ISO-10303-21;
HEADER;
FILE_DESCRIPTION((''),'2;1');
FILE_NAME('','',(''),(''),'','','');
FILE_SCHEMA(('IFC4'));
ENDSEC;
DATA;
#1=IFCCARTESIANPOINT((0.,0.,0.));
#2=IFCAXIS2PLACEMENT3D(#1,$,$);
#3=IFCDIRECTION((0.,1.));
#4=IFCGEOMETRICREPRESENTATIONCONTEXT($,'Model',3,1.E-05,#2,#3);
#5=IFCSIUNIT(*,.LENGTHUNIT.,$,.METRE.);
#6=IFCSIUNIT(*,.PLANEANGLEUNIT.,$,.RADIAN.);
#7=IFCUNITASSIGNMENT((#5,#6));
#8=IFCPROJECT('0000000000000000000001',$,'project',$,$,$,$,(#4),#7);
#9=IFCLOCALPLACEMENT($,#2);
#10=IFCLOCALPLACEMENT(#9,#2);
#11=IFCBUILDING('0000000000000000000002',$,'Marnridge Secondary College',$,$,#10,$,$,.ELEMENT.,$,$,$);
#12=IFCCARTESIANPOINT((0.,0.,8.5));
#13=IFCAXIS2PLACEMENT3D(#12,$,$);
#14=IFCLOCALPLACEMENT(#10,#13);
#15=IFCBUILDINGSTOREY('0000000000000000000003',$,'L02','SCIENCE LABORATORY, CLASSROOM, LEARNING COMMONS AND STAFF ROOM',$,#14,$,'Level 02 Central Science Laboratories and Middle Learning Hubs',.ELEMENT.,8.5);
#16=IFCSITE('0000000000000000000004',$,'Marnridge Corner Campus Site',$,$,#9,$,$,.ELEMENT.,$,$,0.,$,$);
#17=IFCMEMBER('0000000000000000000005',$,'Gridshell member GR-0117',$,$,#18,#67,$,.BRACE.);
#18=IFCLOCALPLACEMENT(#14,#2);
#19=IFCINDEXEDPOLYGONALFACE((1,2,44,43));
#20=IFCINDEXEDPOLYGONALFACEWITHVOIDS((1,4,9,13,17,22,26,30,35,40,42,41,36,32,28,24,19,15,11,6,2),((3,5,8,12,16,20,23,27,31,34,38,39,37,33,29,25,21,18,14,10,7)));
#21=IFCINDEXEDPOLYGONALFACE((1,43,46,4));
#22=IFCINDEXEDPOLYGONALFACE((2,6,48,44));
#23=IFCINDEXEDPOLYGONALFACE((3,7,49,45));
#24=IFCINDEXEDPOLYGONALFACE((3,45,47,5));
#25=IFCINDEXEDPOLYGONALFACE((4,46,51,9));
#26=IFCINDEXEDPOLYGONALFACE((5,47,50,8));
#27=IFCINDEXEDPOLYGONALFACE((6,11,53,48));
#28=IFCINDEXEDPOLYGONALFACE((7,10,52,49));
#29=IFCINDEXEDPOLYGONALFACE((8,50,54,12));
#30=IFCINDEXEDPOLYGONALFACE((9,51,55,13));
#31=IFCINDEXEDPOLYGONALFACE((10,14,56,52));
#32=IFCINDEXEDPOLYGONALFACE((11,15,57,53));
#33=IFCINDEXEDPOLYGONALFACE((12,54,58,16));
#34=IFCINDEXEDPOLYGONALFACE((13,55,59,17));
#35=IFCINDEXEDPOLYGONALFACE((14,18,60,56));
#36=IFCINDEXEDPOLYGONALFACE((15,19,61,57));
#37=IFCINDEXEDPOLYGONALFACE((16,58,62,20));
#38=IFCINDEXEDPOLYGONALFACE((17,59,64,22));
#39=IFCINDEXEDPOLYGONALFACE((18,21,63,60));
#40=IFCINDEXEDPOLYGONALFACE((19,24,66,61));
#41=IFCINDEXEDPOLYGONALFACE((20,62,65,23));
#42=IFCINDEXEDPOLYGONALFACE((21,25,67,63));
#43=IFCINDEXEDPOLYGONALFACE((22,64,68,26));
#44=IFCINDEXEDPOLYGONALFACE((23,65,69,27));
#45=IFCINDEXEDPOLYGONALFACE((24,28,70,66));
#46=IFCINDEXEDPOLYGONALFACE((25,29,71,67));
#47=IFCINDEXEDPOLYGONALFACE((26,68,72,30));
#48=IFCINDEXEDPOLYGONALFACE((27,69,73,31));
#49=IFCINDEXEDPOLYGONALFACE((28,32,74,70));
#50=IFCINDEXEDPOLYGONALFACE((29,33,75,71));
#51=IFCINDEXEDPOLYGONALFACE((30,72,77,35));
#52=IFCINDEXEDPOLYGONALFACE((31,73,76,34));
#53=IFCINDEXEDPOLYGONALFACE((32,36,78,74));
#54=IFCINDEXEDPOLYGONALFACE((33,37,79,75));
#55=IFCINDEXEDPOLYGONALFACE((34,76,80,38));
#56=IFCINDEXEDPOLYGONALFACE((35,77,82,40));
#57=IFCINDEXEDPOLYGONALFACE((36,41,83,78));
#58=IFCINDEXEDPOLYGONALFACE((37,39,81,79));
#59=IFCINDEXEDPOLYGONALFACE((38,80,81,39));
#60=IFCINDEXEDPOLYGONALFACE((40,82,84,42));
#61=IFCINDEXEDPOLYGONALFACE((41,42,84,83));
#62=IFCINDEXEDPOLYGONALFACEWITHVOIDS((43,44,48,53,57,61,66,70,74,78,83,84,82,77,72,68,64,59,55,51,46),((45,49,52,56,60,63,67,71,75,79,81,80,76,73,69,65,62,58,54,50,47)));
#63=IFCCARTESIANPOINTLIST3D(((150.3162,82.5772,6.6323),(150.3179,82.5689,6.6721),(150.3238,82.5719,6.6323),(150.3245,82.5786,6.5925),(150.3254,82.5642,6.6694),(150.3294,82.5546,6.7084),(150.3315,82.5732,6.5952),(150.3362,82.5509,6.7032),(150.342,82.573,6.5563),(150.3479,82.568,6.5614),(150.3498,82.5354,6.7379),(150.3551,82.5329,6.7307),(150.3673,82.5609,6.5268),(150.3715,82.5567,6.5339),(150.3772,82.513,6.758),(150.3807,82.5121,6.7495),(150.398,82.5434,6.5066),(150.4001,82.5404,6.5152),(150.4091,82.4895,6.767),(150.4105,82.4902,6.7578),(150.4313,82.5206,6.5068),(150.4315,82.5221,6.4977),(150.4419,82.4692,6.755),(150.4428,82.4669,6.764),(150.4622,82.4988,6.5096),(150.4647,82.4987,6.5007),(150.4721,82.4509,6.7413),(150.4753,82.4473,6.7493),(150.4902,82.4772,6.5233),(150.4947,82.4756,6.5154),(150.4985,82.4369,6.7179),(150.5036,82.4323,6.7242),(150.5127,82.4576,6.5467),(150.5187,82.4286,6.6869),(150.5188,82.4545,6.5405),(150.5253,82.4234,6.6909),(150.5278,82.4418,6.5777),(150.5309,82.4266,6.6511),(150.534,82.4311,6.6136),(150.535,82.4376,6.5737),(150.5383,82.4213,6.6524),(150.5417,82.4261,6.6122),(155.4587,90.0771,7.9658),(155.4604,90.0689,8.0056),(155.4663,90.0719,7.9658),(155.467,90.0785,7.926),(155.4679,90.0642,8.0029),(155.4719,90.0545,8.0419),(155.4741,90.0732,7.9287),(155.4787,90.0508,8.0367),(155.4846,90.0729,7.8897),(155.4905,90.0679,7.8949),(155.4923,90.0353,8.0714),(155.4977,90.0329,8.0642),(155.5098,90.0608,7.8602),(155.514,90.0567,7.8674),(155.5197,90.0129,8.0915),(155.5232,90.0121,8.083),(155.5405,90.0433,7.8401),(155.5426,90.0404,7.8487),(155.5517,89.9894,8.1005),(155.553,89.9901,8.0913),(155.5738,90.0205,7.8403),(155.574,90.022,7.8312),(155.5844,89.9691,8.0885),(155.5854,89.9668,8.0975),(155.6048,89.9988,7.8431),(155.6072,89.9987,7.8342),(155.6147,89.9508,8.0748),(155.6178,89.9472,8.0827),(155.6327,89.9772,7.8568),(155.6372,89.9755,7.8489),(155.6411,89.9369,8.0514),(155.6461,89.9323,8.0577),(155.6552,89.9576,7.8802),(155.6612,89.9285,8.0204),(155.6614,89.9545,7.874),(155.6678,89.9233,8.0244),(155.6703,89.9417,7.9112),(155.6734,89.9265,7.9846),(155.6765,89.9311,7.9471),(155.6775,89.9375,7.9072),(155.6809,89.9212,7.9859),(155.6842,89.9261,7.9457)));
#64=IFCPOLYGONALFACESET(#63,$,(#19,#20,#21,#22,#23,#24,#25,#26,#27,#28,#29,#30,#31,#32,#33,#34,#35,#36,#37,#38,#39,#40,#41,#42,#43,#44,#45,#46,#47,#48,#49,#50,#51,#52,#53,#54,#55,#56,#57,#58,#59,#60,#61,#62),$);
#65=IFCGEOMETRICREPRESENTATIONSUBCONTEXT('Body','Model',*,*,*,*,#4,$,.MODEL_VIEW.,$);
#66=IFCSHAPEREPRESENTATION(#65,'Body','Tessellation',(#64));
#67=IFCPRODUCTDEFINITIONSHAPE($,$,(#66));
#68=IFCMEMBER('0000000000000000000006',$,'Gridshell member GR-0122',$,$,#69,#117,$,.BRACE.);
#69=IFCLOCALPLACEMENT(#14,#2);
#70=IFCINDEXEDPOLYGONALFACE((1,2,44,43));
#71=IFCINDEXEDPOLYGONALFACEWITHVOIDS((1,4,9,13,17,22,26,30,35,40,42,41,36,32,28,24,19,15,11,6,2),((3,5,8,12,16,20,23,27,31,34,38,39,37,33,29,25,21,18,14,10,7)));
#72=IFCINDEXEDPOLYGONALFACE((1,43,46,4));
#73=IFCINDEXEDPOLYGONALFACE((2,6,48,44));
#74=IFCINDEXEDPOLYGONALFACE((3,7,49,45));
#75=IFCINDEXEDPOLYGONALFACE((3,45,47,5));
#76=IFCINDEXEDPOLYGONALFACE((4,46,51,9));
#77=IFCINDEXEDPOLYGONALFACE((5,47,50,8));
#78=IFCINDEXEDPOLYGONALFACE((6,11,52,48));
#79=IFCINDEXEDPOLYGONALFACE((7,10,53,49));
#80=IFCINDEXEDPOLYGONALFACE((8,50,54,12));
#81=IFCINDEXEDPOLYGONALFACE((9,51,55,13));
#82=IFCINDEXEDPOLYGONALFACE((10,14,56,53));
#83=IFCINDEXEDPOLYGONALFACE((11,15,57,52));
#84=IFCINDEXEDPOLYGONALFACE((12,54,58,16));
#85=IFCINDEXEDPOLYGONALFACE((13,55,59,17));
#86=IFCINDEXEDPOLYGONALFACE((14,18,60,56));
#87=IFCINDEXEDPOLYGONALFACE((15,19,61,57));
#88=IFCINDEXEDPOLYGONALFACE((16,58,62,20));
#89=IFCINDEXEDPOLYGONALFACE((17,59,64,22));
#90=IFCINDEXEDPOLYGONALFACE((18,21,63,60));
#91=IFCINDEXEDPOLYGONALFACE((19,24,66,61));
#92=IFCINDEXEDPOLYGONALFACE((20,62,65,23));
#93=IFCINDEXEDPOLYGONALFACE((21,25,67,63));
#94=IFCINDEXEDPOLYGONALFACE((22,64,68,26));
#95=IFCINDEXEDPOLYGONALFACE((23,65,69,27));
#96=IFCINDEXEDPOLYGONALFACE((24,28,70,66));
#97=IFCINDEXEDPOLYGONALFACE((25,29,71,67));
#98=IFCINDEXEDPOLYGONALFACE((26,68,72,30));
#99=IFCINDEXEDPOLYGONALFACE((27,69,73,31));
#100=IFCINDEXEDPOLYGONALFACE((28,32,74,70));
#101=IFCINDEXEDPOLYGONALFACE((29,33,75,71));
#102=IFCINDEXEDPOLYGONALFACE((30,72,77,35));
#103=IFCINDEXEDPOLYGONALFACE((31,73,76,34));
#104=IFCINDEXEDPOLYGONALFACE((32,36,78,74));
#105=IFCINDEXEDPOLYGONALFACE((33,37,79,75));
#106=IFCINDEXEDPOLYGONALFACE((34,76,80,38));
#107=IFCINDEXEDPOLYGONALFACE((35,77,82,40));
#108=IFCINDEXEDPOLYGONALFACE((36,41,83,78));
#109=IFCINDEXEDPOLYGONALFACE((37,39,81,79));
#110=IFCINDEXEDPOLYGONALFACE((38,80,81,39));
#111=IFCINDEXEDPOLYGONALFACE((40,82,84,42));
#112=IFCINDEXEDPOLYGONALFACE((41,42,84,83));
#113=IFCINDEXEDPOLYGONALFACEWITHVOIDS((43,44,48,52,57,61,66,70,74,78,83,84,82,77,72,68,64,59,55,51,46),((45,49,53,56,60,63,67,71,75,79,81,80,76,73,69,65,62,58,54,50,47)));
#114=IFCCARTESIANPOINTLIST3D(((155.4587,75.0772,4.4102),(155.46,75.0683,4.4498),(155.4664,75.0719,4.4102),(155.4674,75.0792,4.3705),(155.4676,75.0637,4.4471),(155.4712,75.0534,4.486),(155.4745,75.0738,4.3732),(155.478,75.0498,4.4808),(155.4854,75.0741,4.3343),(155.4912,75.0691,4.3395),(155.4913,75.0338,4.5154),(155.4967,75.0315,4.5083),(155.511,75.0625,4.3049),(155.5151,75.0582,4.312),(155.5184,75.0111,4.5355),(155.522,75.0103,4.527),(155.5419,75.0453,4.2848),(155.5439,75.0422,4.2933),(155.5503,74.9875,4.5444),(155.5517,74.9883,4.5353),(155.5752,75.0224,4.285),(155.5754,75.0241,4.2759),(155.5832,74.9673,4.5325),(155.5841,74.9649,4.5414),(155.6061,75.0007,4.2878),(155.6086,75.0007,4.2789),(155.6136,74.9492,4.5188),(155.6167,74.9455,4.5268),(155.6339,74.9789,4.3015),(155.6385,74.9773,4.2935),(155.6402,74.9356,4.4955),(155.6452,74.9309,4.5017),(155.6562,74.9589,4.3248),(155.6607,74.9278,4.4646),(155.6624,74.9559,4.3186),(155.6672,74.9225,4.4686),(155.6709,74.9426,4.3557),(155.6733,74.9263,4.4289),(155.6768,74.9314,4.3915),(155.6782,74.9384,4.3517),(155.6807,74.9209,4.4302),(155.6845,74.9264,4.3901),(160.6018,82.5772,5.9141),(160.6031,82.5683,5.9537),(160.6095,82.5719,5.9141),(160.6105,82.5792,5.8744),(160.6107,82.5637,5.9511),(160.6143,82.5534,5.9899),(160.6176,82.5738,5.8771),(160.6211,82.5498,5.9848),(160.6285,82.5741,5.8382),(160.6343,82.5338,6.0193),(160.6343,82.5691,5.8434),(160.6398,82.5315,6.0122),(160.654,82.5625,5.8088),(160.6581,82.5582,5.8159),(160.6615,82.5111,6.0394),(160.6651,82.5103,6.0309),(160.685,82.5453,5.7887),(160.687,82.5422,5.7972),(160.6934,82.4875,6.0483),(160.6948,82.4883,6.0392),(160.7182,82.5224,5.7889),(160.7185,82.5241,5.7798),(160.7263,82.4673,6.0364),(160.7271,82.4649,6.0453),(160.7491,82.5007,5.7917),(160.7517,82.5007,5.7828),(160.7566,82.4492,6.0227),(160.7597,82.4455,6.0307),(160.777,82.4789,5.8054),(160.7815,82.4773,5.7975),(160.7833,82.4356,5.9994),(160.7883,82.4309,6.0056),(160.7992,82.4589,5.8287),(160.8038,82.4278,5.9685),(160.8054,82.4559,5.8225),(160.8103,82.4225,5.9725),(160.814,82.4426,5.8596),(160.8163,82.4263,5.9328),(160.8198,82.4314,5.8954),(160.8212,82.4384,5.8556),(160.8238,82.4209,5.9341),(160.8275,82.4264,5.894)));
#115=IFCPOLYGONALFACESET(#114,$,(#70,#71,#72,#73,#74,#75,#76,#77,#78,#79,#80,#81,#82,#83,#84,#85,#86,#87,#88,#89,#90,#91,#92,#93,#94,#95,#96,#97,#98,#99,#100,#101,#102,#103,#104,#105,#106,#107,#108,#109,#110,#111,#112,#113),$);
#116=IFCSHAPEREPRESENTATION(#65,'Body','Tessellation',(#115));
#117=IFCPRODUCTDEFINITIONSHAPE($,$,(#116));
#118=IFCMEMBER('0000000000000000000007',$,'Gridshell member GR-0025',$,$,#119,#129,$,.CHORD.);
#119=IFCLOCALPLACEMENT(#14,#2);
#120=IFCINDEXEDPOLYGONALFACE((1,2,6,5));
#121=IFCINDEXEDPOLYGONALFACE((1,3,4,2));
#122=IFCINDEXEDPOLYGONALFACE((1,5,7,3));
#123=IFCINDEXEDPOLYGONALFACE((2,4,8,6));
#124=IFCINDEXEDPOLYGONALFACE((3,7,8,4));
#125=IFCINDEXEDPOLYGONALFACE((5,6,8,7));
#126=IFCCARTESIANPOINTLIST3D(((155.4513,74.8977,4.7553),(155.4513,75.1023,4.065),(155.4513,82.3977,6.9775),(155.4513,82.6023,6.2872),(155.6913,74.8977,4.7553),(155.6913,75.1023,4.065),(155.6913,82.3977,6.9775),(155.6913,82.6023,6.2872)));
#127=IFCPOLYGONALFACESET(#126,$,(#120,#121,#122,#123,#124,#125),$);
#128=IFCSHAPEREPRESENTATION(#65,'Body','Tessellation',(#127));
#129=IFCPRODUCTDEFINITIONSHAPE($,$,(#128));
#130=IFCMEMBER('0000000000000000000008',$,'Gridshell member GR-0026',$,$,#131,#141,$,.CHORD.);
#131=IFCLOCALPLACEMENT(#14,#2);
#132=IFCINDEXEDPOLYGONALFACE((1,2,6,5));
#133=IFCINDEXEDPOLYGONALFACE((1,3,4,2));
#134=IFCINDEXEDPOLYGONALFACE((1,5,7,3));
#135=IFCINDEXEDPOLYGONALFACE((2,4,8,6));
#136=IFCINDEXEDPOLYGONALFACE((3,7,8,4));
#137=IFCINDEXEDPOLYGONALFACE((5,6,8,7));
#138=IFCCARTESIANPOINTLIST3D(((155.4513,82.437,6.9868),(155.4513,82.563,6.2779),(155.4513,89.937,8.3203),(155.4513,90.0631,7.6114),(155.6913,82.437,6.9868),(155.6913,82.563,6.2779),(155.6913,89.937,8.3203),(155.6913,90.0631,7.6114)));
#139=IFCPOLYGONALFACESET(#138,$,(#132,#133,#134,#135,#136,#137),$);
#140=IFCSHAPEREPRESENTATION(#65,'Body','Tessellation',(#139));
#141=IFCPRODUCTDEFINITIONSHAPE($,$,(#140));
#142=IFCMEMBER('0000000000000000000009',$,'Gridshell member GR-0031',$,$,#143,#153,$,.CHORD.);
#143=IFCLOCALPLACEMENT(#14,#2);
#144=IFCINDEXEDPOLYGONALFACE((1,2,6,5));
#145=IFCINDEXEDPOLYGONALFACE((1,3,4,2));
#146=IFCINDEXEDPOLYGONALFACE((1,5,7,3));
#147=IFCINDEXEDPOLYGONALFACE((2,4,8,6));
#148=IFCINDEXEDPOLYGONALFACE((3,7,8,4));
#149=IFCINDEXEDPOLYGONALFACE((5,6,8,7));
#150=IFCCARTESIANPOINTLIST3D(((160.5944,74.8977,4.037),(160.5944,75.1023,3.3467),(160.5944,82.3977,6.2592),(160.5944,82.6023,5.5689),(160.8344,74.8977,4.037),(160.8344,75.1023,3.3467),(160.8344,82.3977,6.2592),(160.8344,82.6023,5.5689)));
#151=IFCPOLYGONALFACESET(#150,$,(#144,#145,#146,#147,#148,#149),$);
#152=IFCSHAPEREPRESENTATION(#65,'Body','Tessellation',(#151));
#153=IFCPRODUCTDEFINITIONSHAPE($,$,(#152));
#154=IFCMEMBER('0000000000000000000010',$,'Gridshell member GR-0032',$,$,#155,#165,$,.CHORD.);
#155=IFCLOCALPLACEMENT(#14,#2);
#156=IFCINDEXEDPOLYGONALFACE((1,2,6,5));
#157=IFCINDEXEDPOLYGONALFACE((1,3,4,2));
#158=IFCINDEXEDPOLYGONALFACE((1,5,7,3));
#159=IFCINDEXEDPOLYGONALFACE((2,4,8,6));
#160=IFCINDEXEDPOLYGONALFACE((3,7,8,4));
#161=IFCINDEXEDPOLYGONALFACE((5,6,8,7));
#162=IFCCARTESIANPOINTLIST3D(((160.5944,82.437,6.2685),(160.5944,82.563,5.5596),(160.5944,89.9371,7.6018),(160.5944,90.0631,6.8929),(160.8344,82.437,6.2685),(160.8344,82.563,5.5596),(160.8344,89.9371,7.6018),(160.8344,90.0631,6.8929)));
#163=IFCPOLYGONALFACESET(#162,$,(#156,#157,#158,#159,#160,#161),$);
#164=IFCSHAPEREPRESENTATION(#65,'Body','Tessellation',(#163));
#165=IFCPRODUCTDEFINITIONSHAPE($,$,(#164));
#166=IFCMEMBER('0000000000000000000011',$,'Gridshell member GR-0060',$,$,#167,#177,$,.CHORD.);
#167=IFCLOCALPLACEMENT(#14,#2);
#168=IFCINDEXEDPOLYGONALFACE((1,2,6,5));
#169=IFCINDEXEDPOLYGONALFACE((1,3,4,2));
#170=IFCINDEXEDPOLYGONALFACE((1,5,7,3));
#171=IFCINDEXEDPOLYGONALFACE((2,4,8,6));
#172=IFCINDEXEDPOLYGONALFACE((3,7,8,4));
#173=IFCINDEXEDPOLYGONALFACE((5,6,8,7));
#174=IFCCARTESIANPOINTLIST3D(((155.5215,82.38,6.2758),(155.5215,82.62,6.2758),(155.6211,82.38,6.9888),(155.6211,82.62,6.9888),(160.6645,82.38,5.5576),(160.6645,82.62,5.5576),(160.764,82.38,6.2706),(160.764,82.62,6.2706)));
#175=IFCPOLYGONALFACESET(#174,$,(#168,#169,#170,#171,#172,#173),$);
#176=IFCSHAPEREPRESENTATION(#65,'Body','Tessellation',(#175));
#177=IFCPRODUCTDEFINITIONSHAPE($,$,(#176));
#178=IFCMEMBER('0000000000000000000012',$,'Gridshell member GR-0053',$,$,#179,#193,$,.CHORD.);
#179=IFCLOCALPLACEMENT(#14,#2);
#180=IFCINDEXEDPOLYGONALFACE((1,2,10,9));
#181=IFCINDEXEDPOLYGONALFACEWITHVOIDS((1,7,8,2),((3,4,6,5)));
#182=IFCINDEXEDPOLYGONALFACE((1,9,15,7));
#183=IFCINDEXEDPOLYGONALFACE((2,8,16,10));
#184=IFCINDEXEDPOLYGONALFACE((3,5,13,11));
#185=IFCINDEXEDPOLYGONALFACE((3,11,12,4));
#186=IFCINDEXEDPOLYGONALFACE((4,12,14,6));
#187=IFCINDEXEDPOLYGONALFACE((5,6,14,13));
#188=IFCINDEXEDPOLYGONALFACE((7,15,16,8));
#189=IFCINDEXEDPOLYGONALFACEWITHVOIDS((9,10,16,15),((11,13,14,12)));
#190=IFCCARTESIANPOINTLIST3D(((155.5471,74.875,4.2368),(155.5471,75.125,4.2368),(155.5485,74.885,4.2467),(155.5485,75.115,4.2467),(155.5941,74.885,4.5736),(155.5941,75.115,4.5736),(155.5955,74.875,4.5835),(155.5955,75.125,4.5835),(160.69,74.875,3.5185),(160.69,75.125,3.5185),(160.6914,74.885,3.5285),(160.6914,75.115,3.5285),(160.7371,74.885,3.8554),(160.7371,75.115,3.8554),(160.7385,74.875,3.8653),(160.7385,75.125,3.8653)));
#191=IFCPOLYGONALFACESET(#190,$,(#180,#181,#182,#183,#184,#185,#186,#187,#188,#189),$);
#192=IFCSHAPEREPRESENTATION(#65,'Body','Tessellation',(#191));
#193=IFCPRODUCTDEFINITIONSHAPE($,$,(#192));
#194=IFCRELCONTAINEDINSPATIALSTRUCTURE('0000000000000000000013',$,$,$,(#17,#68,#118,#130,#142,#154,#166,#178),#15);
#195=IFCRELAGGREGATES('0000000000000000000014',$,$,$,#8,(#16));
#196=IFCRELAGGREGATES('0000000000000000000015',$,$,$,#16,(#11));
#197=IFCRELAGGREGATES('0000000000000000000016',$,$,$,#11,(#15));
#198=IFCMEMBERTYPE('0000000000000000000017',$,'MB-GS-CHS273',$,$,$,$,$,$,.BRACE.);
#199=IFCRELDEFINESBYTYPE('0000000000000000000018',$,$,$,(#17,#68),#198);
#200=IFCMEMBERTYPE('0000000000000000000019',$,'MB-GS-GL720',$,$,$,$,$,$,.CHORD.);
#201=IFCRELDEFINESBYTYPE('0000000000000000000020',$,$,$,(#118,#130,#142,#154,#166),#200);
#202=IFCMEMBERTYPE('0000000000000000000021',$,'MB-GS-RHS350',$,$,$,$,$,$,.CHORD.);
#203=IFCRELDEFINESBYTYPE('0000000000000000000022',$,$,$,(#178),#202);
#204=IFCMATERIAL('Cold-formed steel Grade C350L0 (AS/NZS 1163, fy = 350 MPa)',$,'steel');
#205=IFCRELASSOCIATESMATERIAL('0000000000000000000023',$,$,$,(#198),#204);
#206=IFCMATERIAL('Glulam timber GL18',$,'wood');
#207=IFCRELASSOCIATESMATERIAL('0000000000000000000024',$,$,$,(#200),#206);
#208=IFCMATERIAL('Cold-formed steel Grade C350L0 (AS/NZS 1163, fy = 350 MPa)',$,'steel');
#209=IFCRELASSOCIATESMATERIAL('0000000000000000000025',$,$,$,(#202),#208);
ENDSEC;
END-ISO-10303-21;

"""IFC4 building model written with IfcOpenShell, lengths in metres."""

from ifc_helpers import new_model, si_unit, direction, frame, origin, origin_2d, place, context, subcontext, project, spatial, rectangle, hollow_rectangle, hollow_circle, extrude, material, material_profile, profile_set, type_object, element, save


model = new_model("IFC4")

# Units and contexts
model_context = context("Model", 3, precision=1e-05, world=origin(), true_north=direction((0.0, 1.0)))
body_context = subcontext(model_context, "Body", "Model", "MODEL_VIEW")
ifc_project = project(units=[si_unit("LENGTHUNIT", "METRE"), si_unit("PLANEANGLEUNIT", "RADIAN")], contexts=[model_context])

# Site, building, storey
site_placement = place(None, origin())
site = spatial("IfcSite", under=ifc_project, at=site_placement, Name="Marnridge Corner Campus Site", CompositionType="ELEMENT", RefElevation=0.0)
building_placement = place(site_placement, origin())
building = spatial("IfcBuilding", under=site, at=building_placement, Name="Marnridge Secondary College", CompositionType="ELEMENT")
storey_placement = place(building_placement, frame((0.0, 0.0, 8.5)))
storey = spatial("IfcBuildingStorey", under=building, at=storey_placement, Name="L02", Description="SCIENCE LABORATORY, CLASSROOM, LEARNING COMMONS AND STAFF ROOM", LongName="Level 02 Central Science Laboratories and Middle Learning Hubs", CompositionType="ELEMENT", Elevation=8.5)

# Members
ifc_material_1 = material(Name="Cold-formed steel Grade C350L0 (AS/NZS 1163, fy = 350 MPa)", Category="steel")
ifc_material_profile_1 = material_profile(ifc_material_1, hollow_circle(Radius=0.1365, WallThickness=0.0093, at=origin_2d()), Name="273.1x9.3CHS")
ifc_profile_set_1 = profile_set([ifc_material_profile_1], Name="Cold-formed steel Grade C350L0 (AS/NZS 1163, fy = 350 MPa)")
member_type_1 = type_object("IfcMemberType", Name="MB-GS-CHS273", PredefinedType="BRACE", material=ifc_profile_set_1)
member_1_placement = place(storey_placement, frame((150.4287, 82.5, 6.6323), z_axis=(0.559524, 0.816016, 0.145087), x_axis=(-0.824743, 0.565507, 0.0)))
element("IfcMember", 1, at=member_1_placement, inside=storey, type_object=member_type_1, Name="Gridshell member GR-0117", PredefinedType="BRACE", context=body_context, shape_type="SweptSolid", body=[
    extrude(hollow_circle(Radius=0.1365, WallThickness=0.0093, at=origin_2d()), origin(), (0.0, 0.0, 1.0), 9.1909),
])
member_2_placement = place(storey_placement, frame((155.5713, 75.0, 4.4102), z_axis=(0.557966, 0.813667, 0.163157), x_axis=(-0.824718, 0.565544, 0.0)))
element("IfcMember", 2, at=member_2_placement, inside=storey, type_object=member_type_1, Name="Gridshell member GR-0122", PredefinedType="BRACE", context=body_context, shape_type="SweptSolid", body=[
    extrude(hollow_circle(Radius=0.1365, WallThickness=0.0093, at=origin_2d()), origin(), (0.0, 0.0, 1.0), 9.2175),
])
ifc_material_2 = material(Name="Glulam timber GL18", Category="wood")
ifc_material_profile_2 = material_profile(ifc_material_2, rectangle(XDim=0.24, YDim=0.72, at=origin_2d()), Name="GL18 240x720")
ifc_profile_set_2 = profile_set([ifc_material_profile_2], Name="Glulam timber GL18")
member_type_2 = type_object("IfcMemberType", Name="MB-GS-GL720", PredefinedType="CHORD", material=ifc_profile_set_2)
member_3_placement = place(storey_placement, frame((155.5713, 75.0, 4.4102), z_axis=(0.0, 0.9588, 0.284082), x_axis=(-1.0, 0.0, 0.0)))
element("IfcMember", 3, at=member_3_placement, inside=storey, type_object=member_type_2, Name="Gridshell member GR-0025", PredefinedType="CHORD", context=body_context, shape_type="SweptSolid", body=[
    extrude(rectangle(XDim=0.24, YDim=0.72, at=origin_2d()), origin(), (0.0, 0.0, 1.0), 7.8223),
])
member_4_placement = place(storey_placement, frame((155.5713, 82.5, 6.6323), z_axis=(0.0, 0.984559, 0.175054), x_axis=(-1.0, 0.0, 0.0)))
element("IfcMember", 4, at=member_4_placement, inside=storey, type_object=member_type_2, Name="Gridshell member GR-0026", PredefinedType="CHORD", context=body_context, shape_type="SweptSolid", body=[
    extrude(rectangle(XDim=0.24, YDim=0.72, at=origin_2d()), origin(), (0.0, 0.0, 1.0), 7.6177),
])
member_5_placement = place(storey_placement, frame((160.7144, 75.0, 3.6919), z_axis=(0.0, 0.9588, 0.284082), x_axis=(-1.0, 0.0, 0.0)))
element("IfcMember", 5, at=member_5_placement, inside=storey, type_object=member_type_2, Name="Gridshell member GR-0031", PredefinedType="CHORD", context=body_context, shape_type="SweptSolid", body=[
    extrude(rectangle(XDim=0.24, YDim=0.72, at=origin_2d()), origin(), (0.0, 0.0, 1.0), 7.8223),
])
member_6_placement = place(storey_placement, frame((160.7144, 82.5, 5.9141), z_axis=(0.0, 0.984564, 0.175023), x_axis=(-1.0, 0.0, 0.0)))
element("IfcMember", 6, at=member_6_placement, inside=storey, type_object=member_type_2, Name="Gridshell member GR-0032", PredefinedType="CHORD", context=body_context, shape_type="SweptSolid", body=[
    extrude(rectangle(XDim=0.24, YDim=0.72, at=origin_2d()), origin(), (0.0, 0.0, 1.0), 7.6177),
])
member_7_placement = place(storey_placement, frame((155.5713, 82.5, 6.6323), z_axis=(0.990388, 0.0, -0.138314), x_axis=(0.0, 1.0, 0.0)))
element("IfcMember", 7, at=member_7_placement, inside=storey, type_object=member_type_2, Name="Gridshell member GR-0060", PredefinedType="CHORD", context=body_context, shape_type="SweptSolid", body=[
    extrude(rectangle(XDim=0.24, YDim=0.72, at=origin_2d()), origin(), (0.0, 0.0, 1.0), 5.1929),
])
ifc_material_3 = material(Name="Cold-formed steel Grade C350L0 (AS/NZS 1163, fy = 350 MPa)", Category="steel")
ifc_material_profile_3 = material_profile(ifc_material_3, hollow_rectangle(XDim=0.25, YDim=0.3501, WallThickness=0.01, at=origin_2d()), Name="350x250x10.0RHS")
ifc_profile_set_3 = profile_set([ifc_material_profile_3], Name="Cold-formed steel Grade C350L0 (AS/NZS 1163, fy = 350 MPa)")
member_type_3 = type_object("IfcMemberType", Name="MB-GS-RHS350", PredefinedType="CHORD", material=ifc_profile_set_3)
member_8_placement = place(storey_placement, frame((155.5713, 75.0, 4.4102), z_axis=(0.990388, 0.0, -0.138314), x_axis=(0.0, 1.0, 0.0)))
element("IfcMember", 8, at=member_8_placement, inside=storey, type_object=member_type_3, Name="Gridshell member GR-0053", PredefinedType="CHORD", context=body_context, shape_type="SweptSolid", body=[
    extrude(hollow_rectangle(XDim=0.25, YDim=0.3501, WallThickness=0.01, at=origin_2d()), origin(), (0.0, 0.0, 1.0), 5.1929),
])

save(model, "model.ifc")
